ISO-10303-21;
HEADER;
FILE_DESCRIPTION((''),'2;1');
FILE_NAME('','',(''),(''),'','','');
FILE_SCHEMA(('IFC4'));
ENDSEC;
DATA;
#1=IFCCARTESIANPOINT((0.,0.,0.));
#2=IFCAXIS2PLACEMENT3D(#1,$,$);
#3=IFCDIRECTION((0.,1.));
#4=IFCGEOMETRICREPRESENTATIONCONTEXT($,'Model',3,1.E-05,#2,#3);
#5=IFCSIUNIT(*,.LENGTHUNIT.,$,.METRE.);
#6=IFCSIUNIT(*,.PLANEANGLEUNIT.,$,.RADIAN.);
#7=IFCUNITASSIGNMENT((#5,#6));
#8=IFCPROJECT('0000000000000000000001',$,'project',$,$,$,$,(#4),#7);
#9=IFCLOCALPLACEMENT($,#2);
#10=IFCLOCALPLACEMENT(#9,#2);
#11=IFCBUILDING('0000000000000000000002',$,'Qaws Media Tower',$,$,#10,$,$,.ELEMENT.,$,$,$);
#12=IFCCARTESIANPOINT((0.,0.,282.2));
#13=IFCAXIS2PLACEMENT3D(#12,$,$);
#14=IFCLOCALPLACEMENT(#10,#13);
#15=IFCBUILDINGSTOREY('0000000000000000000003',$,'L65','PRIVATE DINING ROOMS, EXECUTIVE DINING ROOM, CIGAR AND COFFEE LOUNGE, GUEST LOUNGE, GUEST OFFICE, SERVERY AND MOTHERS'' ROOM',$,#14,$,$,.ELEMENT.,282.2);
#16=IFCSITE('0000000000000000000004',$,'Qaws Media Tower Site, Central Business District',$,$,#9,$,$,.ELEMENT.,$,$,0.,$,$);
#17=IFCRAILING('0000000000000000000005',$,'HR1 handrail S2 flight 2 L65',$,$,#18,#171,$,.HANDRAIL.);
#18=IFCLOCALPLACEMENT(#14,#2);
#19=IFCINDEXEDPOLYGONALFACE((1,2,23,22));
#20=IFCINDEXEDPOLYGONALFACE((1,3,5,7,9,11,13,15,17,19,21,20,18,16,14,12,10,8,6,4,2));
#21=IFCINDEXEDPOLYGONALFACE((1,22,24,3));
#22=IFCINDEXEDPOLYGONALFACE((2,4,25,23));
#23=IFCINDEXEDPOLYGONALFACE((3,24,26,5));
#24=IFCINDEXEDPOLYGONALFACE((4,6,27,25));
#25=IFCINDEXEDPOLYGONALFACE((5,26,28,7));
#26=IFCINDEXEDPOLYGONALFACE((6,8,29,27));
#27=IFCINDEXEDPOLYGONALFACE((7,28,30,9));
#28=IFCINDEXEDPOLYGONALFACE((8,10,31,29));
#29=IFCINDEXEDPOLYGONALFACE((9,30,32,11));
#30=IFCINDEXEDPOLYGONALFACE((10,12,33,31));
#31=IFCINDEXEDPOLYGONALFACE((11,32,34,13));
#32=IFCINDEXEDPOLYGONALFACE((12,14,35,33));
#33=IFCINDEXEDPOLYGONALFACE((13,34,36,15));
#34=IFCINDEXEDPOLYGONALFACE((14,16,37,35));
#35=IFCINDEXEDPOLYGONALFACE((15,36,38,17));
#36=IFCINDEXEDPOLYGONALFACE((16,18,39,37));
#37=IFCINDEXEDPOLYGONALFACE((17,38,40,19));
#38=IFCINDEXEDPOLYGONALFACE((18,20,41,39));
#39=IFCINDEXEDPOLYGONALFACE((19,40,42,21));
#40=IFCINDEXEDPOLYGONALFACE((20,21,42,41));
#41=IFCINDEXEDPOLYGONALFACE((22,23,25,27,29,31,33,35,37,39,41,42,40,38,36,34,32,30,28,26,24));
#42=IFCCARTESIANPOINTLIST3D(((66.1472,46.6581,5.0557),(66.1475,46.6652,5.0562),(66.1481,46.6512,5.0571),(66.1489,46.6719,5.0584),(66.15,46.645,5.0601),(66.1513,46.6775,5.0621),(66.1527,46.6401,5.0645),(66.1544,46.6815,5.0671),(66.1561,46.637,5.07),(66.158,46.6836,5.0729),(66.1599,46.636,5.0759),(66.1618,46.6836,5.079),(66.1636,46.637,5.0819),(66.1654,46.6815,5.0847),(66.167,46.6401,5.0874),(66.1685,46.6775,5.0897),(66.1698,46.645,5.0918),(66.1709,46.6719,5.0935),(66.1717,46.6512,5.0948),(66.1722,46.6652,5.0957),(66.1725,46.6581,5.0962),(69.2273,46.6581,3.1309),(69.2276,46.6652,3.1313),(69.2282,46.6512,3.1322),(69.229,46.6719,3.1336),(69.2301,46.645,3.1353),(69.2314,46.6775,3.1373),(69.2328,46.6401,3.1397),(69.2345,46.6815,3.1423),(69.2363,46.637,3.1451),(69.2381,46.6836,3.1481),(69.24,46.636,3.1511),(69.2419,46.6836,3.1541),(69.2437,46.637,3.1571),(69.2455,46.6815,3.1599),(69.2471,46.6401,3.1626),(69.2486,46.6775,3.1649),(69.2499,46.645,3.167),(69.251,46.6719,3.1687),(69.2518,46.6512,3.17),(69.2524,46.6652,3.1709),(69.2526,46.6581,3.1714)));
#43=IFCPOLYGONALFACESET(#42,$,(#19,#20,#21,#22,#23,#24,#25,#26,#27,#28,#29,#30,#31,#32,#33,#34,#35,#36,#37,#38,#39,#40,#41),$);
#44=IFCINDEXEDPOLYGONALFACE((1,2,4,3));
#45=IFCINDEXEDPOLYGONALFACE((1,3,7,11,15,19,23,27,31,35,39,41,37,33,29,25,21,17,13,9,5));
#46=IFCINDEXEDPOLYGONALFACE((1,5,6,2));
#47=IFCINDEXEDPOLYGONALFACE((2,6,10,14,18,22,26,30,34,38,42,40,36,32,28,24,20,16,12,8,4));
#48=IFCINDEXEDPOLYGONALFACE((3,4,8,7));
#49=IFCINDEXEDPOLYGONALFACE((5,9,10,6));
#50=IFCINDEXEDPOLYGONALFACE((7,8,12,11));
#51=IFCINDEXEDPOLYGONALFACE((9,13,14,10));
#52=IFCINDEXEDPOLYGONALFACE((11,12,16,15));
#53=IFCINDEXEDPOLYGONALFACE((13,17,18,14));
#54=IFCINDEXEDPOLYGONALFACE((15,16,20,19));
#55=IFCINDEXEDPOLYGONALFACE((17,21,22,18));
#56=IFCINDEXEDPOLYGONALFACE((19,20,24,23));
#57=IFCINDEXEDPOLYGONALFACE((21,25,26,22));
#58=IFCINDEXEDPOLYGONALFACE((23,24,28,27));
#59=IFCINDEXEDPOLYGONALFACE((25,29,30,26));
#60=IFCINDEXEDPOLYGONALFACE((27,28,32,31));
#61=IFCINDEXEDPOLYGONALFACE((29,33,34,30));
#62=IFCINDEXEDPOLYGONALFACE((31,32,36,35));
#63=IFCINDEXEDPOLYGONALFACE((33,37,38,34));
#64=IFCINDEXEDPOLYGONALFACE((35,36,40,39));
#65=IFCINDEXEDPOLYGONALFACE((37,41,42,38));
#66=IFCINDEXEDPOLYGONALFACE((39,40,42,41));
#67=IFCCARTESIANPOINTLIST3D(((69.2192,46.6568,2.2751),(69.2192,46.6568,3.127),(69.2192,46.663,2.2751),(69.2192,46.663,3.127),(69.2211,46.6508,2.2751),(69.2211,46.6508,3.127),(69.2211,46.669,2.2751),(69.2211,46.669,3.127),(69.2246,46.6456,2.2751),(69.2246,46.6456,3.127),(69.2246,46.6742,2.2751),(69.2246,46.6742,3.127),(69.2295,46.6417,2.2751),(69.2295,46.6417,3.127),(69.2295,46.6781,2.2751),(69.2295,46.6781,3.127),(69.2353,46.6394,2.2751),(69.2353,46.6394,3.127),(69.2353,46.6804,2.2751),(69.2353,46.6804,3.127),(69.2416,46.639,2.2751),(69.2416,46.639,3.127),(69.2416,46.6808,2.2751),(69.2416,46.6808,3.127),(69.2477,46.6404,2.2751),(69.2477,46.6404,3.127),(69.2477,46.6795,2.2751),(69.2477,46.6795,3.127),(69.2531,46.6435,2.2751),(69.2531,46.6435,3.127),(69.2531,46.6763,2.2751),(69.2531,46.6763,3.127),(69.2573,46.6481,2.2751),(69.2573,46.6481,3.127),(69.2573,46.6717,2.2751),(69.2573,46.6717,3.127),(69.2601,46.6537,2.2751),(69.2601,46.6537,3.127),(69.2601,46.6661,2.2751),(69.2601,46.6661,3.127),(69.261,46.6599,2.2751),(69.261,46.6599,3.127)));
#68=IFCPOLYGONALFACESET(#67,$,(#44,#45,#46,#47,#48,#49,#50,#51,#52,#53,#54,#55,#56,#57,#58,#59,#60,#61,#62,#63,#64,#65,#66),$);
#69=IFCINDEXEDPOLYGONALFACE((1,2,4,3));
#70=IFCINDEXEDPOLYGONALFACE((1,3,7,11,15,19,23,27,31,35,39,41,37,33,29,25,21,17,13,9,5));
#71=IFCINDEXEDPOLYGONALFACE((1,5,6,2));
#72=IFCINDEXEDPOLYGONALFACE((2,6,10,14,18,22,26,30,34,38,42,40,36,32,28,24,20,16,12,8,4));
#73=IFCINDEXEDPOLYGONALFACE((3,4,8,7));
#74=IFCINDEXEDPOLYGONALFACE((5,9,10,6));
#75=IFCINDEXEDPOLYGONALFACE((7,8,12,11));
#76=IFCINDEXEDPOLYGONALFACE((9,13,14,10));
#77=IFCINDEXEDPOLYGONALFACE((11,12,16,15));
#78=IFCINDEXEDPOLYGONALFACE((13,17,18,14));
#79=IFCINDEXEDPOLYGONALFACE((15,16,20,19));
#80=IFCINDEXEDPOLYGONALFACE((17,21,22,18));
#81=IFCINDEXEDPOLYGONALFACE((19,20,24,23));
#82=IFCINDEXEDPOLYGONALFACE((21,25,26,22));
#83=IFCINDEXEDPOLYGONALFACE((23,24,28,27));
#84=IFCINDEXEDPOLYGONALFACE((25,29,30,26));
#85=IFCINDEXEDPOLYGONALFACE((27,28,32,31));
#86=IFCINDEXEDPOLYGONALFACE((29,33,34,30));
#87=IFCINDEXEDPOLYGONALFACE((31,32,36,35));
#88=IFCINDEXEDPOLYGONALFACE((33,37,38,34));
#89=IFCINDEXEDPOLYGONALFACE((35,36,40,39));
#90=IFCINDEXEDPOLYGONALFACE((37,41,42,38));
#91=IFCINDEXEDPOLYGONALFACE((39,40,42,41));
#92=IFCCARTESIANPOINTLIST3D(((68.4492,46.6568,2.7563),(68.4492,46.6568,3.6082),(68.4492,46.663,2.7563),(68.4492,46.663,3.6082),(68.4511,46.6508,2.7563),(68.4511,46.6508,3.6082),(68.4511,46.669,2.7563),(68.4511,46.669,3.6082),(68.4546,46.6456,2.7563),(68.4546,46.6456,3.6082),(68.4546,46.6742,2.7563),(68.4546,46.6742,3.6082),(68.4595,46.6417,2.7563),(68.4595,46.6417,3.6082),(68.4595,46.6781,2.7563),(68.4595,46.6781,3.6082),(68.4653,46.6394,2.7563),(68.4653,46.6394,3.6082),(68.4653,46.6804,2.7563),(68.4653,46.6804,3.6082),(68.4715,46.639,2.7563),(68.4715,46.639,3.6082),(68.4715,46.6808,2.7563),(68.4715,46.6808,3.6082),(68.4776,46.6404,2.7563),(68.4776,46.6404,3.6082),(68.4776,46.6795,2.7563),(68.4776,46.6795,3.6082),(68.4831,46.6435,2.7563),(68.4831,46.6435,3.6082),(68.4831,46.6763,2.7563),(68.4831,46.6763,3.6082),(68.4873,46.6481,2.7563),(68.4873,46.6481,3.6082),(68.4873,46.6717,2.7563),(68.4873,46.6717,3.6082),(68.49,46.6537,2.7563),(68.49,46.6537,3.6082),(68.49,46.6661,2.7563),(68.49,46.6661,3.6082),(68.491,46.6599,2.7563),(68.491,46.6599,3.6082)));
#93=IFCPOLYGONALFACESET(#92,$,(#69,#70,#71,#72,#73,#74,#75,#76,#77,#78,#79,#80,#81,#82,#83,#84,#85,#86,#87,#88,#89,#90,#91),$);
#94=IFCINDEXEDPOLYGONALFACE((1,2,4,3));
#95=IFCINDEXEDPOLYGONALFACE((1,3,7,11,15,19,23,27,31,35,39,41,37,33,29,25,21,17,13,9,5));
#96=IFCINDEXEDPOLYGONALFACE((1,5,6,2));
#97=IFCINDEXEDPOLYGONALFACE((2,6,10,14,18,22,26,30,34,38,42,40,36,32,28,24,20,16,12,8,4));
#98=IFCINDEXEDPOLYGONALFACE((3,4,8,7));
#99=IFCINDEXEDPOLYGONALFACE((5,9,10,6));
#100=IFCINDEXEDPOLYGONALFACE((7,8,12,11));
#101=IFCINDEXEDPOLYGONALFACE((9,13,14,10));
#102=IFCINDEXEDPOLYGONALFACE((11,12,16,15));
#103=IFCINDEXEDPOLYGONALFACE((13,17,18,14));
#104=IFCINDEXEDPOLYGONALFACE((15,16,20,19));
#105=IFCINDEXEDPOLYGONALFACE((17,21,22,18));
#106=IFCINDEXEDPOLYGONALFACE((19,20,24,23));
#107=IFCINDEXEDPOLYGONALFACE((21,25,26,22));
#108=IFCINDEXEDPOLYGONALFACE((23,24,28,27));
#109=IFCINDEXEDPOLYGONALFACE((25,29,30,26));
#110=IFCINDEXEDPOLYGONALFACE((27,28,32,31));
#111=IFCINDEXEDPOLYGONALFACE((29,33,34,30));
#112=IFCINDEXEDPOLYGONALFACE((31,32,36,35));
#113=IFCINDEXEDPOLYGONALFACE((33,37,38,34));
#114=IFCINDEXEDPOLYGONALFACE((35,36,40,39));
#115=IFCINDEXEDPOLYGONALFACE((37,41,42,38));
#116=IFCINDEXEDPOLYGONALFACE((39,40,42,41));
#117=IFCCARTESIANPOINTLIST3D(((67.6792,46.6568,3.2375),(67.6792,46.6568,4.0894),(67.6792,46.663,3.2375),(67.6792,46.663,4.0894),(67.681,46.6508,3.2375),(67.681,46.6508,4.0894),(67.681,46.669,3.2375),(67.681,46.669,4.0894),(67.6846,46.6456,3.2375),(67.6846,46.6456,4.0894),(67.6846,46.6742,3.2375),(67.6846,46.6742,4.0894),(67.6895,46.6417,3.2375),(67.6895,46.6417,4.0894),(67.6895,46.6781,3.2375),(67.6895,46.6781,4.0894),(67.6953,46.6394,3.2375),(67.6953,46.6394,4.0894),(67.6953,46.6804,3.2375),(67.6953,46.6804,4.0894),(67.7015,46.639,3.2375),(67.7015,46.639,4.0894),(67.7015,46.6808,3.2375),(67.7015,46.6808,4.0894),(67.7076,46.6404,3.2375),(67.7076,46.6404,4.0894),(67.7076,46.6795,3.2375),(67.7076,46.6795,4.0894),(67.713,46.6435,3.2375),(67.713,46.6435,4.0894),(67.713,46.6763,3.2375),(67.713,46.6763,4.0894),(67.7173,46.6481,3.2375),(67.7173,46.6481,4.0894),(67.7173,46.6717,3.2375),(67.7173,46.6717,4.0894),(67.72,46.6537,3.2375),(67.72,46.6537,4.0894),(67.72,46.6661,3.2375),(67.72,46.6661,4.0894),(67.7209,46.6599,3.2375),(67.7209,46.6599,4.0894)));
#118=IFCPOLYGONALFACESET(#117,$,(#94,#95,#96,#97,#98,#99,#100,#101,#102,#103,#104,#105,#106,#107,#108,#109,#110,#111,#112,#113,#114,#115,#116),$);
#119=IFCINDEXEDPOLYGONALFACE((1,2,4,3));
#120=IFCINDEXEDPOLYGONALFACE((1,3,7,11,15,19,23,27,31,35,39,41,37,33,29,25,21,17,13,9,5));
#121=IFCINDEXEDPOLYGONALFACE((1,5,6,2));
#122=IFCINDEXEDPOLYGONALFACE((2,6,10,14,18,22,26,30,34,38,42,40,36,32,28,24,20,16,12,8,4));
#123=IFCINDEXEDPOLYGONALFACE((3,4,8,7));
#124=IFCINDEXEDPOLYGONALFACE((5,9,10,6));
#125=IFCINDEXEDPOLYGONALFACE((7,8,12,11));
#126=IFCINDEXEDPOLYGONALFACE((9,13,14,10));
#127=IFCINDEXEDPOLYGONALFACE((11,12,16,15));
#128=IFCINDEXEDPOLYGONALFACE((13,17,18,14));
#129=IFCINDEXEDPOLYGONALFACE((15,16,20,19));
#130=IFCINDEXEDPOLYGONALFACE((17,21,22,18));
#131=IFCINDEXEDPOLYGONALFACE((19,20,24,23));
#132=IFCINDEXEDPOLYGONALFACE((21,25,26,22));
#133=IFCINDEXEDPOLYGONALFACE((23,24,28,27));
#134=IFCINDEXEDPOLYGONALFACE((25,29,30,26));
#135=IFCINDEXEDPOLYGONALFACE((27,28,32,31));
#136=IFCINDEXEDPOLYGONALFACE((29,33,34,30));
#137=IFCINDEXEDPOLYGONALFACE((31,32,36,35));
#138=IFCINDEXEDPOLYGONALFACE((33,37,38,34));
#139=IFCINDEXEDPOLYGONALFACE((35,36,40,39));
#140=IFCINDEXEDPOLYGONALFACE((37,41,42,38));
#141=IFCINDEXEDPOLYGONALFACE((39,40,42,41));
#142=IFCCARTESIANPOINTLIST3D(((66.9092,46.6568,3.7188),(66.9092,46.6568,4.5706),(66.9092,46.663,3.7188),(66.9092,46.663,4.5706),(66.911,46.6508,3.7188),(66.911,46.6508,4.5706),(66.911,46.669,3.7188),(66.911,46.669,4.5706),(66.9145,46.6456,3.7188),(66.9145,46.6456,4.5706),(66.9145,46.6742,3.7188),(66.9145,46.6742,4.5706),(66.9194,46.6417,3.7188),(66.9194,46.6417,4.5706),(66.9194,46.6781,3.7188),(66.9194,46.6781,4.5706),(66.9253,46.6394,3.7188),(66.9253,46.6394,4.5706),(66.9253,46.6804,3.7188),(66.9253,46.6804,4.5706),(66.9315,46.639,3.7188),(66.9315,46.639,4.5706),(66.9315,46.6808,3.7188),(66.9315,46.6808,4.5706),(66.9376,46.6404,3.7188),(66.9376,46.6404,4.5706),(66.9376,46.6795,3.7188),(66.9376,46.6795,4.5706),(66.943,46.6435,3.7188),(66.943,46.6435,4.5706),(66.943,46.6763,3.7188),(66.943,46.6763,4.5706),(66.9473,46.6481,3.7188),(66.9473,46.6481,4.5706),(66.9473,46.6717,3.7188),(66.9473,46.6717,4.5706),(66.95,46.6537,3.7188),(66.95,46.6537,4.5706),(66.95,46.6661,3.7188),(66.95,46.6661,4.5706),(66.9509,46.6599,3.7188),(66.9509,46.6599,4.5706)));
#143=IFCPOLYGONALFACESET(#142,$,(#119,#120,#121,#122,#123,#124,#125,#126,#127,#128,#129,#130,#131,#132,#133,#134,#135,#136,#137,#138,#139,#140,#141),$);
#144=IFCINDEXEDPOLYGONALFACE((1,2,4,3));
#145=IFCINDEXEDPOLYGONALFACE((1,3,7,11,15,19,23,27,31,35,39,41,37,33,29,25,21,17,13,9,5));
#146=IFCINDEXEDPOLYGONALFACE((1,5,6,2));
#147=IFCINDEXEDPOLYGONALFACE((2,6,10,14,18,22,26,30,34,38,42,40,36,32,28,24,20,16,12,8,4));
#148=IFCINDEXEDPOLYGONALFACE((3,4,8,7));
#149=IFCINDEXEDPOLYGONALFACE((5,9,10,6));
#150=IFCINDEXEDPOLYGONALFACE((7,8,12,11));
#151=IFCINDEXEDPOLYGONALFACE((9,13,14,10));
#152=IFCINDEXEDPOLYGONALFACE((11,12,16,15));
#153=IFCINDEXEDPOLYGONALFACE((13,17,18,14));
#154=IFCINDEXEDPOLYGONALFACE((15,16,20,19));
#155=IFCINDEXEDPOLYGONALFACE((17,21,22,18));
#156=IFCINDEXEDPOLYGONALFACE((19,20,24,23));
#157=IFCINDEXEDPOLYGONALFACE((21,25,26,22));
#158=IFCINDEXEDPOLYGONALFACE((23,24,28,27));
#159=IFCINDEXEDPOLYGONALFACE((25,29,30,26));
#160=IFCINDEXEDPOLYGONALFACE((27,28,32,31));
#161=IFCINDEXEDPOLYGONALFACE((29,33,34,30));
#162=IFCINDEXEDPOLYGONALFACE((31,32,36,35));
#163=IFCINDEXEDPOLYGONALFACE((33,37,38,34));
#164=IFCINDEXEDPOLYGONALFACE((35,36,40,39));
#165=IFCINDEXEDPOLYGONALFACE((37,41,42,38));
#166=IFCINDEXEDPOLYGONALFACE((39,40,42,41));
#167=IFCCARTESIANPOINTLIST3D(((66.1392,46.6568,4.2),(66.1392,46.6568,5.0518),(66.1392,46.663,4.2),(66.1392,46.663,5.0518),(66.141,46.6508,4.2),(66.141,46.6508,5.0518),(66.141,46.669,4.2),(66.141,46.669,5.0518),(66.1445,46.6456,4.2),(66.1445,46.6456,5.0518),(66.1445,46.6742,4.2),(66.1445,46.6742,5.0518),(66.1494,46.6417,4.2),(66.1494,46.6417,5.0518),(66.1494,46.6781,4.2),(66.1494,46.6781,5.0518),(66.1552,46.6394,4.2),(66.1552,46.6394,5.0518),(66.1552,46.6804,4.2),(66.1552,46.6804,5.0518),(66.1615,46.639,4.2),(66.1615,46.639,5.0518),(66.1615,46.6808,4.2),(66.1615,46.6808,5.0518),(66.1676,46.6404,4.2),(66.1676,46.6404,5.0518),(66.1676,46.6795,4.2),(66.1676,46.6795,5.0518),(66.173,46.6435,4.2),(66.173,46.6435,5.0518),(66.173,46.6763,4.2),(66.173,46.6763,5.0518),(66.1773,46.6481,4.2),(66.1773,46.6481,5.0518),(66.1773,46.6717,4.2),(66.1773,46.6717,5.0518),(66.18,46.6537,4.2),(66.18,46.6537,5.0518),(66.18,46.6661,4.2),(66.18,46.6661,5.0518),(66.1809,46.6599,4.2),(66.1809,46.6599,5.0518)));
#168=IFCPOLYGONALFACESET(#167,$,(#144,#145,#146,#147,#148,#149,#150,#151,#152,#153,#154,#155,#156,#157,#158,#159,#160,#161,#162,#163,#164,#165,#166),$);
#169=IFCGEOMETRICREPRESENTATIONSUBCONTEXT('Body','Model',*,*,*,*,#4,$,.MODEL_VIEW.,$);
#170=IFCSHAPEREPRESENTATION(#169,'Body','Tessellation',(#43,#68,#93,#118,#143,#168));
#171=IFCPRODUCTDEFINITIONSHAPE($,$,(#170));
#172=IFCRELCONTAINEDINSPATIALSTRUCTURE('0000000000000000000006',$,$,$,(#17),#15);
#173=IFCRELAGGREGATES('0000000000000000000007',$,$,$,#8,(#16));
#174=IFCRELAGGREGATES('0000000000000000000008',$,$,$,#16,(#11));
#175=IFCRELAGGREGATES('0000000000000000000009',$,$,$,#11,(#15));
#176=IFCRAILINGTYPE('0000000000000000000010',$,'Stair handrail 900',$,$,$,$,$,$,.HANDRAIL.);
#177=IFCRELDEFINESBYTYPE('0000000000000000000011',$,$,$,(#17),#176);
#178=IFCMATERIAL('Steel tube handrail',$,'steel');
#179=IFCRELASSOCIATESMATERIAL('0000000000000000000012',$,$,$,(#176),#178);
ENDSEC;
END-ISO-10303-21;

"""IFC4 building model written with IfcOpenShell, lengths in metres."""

from ifc_helpers import new_model, si_unit, direction, frame, origin, origin_2d, place, context, subcontext, project, spatial, circle, extrude, material, type_object, element, save


model = new_model("IFC4")

# Units and contexts
model_context = context("Model", 3, precision=1e-05, world=origin(), true_north=direction((0.0, 1.0)))
body_context = subcontext(model_context, "Body", "Model", "MODEL_VIEW")
ifc_project = project(units=[si_unit("LENGTHUNIT", "METRE"), si_unit("PLANEANGLEUNIT", "RADIAN")], contexts=[model_context])

# Site, building, storey
site_placement = place(None, origin())
site = spatial("IfcSite", under=ifc_project, at=site_placement, Name="Qaws Media Tower Site, Central Business District", CompositionType="ELEMENT", RefElevation=0.0)
building_placement = place(site_placement, origin())
building = spatial("IfcBuilding", under=site, at=building_placement, Name="Qaws Media Tower", CompositionType="ELEMENT")
storey_placement = place(building_placement, frame((0.0, 0.0, 282.2)))
storey = spatial("IfcBuildingStorey", under=building, at=storey_placement, Name="L65", Description="PRIVATE DINING ROOMS, EXECUTIVE DINING ROOM, CIGAR AND COFFEE LOUNGE, GUEST LOUNGE, GUEST OFFICE, SERVERY AND MOTHERS' ROOM", CompositionType="ELEMENT", Elevation=282.2)

# Railing
ifc_material_1 = material(Name="Steel tube handrail", Category="steel")
railing_type = type_object("IfcRailingType", Name="Stair handrail 900", PredefinedType="HANDRAIL", material=ifc_material_1)
railing_placement = place(storey_placement, frame((69.24, 46.6599, 2.2751)))
element("IfcRailing", 1, at=railing_placement, inside=storey, type_object=railing_type, Name="HR1 handrail S2 flight 2 L65", PredefinedType="HANDRAIL", context=body_context, shape_type="SweptSolid", body=[
    extrude(circle(Radius=0.0239, at=origin_2d()), frame((0.0, 0.0, 0.876), z_axis=(-0.848029, 0.0, 0.529951), x_axis=(0.0, -1.0, 0.0)), (0.0, 0.0, 1.0), 3.6321),
    extrude(circle(Radius=0.021, at=origin_2d()), origin(), (0.0, 0.0, 1.0), 0.8518),
    extrude(circle(Radius=0.021, at=origin_2d()), frame((-0.77, 0.0, 0.4812)), (0.0, 0.0, 1.0), 0.8518),
    extrude(circle(Radius=0.021, at=origin_2d()), frame((-1.54, 0.0, 0.9624)), (0.0, 0.0, 1.0), 0.8518),
    extrude(circle(Radius=0.021, at=origin_2d()), frame((-2.3101, 0.0, 1.4436)), (0.0, 0.0, 1.0), 0.8518),
    extrude(circle(Radius=0.021, at=origin_2d()), frame((-3.0801, 0.0, 1.9248)), (0.0, 0.0, 1.0), 0.8518),
])

save(model, "model.ifc")
